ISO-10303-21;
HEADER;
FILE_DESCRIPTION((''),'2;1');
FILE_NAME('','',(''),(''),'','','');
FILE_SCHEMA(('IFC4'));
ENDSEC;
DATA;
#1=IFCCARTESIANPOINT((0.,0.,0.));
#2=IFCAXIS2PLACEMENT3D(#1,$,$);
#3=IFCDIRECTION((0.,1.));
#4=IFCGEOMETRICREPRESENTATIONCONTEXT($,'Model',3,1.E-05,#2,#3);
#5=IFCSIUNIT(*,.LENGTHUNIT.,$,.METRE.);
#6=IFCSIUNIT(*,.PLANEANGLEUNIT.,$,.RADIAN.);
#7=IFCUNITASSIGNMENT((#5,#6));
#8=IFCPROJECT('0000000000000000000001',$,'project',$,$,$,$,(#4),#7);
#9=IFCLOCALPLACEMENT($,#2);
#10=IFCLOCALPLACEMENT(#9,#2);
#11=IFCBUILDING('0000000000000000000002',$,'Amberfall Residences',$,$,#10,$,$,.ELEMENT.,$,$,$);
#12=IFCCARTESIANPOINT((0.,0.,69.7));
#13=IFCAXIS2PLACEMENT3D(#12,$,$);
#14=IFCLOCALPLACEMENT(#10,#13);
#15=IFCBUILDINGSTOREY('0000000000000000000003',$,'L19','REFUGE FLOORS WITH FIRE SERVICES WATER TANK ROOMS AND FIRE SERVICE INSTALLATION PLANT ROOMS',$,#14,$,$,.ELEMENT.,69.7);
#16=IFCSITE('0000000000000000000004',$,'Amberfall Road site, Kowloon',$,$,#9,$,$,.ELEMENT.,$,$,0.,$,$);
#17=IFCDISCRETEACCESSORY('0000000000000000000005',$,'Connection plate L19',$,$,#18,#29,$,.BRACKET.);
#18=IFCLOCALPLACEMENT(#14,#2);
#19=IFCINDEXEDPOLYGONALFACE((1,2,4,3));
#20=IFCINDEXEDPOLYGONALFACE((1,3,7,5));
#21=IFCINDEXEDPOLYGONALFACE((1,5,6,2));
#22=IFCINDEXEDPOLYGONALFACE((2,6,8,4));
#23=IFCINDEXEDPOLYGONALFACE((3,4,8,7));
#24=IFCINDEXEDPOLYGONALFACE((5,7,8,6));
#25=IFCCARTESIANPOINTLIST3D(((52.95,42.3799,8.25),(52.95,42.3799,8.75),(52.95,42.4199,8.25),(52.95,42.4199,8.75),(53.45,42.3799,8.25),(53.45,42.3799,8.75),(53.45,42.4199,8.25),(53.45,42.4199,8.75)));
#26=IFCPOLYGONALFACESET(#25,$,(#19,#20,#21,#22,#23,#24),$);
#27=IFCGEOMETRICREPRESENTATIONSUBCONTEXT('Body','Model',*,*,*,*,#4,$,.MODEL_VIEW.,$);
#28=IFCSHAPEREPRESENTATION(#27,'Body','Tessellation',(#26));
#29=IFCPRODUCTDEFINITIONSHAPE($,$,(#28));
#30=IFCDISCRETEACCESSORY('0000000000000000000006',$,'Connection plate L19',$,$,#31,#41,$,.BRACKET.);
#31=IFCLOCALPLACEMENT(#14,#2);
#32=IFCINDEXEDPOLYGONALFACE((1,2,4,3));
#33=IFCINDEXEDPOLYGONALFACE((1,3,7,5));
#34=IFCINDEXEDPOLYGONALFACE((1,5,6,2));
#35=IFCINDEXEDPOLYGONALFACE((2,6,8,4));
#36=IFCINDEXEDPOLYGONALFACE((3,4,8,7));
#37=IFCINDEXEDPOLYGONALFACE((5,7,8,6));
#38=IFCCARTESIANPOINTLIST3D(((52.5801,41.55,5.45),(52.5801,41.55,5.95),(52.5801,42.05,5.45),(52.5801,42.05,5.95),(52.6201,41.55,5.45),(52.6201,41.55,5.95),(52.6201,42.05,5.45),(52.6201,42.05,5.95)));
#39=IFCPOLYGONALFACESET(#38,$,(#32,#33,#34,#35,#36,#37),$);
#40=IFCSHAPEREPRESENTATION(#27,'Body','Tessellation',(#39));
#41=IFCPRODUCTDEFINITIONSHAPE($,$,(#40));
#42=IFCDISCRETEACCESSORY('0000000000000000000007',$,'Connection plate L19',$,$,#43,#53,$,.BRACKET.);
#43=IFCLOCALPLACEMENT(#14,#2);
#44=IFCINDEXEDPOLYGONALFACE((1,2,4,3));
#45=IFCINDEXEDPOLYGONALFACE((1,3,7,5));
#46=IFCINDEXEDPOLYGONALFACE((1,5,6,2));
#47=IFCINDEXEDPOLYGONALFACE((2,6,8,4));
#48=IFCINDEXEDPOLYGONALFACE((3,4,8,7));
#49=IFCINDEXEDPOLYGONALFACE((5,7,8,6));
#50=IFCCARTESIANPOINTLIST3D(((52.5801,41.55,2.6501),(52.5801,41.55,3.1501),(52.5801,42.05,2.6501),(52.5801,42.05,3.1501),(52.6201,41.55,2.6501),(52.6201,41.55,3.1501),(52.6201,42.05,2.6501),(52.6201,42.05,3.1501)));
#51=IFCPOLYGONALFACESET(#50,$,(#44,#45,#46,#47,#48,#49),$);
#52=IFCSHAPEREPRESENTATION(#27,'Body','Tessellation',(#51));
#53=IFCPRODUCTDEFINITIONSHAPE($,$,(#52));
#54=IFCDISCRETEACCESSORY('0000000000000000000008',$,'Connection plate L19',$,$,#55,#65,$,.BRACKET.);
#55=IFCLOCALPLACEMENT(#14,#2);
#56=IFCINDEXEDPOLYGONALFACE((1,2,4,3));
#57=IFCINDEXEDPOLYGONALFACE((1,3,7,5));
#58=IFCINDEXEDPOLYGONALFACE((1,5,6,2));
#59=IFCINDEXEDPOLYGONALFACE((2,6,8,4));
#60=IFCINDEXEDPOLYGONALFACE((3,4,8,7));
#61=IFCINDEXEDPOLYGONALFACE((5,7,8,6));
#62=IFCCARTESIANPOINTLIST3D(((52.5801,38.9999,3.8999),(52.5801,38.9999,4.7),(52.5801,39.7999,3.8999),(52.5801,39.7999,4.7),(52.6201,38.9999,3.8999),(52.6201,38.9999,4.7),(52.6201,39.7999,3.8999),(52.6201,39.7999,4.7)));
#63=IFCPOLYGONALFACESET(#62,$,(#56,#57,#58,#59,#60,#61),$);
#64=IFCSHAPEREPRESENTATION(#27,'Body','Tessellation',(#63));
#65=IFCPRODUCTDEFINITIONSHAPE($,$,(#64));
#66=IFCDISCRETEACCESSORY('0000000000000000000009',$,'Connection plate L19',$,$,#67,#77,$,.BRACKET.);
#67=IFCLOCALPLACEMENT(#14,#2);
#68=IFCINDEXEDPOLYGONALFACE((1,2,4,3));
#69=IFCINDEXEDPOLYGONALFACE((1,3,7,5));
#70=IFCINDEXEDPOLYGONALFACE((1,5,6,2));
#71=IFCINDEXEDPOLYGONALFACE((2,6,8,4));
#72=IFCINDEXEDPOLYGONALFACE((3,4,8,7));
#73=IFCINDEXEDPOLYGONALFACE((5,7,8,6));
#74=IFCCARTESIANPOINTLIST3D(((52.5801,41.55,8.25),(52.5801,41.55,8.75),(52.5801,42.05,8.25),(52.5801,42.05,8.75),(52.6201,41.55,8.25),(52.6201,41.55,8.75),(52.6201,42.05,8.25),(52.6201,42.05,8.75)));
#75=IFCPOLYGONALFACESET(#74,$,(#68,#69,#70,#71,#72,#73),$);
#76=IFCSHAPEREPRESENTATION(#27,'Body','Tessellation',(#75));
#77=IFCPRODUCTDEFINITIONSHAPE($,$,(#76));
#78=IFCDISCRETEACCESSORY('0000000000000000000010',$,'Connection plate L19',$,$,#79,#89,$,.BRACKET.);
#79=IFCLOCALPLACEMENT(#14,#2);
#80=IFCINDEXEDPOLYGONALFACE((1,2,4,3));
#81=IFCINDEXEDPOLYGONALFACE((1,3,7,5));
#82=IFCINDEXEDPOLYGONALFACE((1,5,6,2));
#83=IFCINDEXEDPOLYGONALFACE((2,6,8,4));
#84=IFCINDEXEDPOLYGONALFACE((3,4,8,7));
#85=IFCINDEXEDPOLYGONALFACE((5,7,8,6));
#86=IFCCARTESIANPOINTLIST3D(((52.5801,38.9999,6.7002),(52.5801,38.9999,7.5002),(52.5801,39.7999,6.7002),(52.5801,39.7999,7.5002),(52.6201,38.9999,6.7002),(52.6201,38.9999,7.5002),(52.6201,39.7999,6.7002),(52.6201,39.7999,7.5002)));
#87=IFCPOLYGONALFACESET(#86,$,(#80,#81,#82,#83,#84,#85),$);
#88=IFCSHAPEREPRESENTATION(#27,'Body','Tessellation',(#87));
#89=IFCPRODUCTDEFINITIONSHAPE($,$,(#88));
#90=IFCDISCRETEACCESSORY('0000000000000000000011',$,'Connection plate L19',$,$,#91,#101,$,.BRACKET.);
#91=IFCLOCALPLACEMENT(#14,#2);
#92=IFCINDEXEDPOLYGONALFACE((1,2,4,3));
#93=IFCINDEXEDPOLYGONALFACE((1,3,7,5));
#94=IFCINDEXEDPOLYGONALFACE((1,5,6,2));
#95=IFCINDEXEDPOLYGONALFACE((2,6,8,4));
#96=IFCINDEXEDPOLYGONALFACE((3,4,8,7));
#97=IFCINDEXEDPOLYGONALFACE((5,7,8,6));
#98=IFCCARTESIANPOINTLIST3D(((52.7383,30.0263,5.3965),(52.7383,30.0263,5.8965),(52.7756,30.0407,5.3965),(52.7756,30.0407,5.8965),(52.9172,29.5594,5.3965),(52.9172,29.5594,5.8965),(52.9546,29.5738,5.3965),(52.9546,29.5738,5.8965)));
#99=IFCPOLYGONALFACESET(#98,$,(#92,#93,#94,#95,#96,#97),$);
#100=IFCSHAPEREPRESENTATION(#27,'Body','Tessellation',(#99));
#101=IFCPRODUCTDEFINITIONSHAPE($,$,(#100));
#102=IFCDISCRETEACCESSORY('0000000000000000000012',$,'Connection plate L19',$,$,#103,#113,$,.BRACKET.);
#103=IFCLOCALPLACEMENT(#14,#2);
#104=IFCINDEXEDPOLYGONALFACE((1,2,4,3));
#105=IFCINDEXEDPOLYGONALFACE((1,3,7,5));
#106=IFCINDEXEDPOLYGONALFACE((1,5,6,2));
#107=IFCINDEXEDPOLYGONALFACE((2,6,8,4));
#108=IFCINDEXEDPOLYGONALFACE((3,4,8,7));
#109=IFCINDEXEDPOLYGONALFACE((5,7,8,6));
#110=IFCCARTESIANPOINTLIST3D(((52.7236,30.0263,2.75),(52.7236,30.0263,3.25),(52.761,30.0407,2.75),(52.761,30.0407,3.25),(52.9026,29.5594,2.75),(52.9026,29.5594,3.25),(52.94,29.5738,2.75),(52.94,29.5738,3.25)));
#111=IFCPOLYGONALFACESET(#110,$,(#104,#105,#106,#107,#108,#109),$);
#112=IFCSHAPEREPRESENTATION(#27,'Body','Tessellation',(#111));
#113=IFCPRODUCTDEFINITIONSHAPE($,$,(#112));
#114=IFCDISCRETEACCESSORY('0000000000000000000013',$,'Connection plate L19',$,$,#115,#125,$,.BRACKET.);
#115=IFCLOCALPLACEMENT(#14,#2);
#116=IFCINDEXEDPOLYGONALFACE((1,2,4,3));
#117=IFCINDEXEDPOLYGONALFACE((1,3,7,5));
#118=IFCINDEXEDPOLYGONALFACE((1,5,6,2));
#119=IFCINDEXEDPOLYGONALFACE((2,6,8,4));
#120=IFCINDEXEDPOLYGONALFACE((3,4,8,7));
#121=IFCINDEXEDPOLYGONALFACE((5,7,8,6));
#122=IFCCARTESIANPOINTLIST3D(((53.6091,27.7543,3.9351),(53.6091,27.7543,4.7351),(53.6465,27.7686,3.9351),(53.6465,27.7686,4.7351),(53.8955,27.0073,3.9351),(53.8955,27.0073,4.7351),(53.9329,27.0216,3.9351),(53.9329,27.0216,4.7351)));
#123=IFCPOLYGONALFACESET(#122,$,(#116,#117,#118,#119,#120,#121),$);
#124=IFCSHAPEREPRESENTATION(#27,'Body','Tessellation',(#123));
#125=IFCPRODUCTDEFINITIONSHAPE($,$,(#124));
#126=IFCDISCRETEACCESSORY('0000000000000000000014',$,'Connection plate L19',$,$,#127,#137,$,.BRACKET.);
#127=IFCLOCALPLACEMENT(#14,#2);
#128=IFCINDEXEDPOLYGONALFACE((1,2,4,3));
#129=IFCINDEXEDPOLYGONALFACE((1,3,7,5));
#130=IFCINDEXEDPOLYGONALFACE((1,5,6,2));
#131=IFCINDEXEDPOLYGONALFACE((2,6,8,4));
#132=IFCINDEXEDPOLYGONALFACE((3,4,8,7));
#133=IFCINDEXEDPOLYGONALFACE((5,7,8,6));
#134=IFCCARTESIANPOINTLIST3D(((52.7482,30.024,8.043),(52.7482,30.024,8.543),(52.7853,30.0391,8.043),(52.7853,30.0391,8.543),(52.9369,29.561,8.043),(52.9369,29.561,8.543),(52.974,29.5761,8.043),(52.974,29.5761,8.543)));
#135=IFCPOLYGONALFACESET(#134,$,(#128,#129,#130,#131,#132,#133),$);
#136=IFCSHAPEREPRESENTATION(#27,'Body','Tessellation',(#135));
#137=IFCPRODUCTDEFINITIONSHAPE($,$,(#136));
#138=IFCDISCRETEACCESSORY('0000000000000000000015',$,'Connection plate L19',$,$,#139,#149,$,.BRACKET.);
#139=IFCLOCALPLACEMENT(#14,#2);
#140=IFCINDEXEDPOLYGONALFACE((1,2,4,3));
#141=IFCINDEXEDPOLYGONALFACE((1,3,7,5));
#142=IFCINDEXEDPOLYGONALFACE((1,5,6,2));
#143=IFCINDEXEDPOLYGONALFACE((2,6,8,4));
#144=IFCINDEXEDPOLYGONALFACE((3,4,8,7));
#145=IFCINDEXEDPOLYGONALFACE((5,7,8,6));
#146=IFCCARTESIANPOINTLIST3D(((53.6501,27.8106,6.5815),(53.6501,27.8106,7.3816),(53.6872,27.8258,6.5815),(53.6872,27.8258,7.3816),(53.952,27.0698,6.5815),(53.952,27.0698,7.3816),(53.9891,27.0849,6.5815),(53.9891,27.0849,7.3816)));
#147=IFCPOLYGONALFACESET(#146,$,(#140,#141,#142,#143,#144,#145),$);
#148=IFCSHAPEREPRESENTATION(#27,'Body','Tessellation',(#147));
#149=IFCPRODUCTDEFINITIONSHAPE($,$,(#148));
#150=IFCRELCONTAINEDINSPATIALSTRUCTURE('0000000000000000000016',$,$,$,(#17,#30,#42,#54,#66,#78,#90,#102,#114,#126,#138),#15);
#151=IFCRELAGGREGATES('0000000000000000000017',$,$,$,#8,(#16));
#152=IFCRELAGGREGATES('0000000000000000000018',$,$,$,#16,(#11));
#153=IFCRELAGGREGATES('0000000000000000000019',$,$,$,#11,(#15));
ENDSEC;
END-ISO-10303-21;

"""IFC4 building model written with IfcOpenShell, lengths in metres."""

from ifc_helpers import new_model, si_unit, direction, frame, origin, origin_2d, place, context, subcontext, project, spatial, rectangle, extrude, element, save


model = new_model("IFC4")

# Units and contexts
model_context = context("Model", 3, precision=1e-05, world=origin(), true_north=direction((0.0, 1.0)))
body_context = subcontext(model_context, "Body", "Model", "MODEL_VIEW")
ifc_project = project(units=[si_unit("LENGTHUNIT", "METRE"), si_unit("PLANEANGLEUNIT", "RADIAN")], contexts=[model_context])

# Site, building, storey
site_placement = place(None, origin())
site = spatial("IfcSite", under=ifc_project, at=site_placement, Name="Amberfall Road site, Kowloon", CompositionType="ELEMENT", RefElevation=0.0)
building_placement = place(site_placement, origin())
building = spatial("IfcBuilding", under=site, at=building_placement, Name="Amberfall Residences", CompositionType="ELEMENT")
storey_placement = place(building_placement, frame((0.0, 0.0, 69.7)))
storey = spatial("IfcBuildingStorey", under=building, at=storey_placement, Name="L19", Description="REFUGE FLOORS WITH FIRE SERVICES WATER TANK ROOMS AND FIRE SERVICE INSTALLATION PLANT ROOMS", CompositionType="ELEMENT", Elevation=69.7)

# Discrete accessories
for number, where, z_axis, x_axis, name in (
    (1, (53.2, 42.3999, 8.25), (0.0, 0.0, 1.0), (1.0, 0.0, 0.0), "Connection plate L19"),
    (2, (52.6001, 41.8, 5.45), (0.0, 0.0, 1.0), (0.0, 1.0, 0.0), "Connection plate L19"),
    (3, (52.6001, 41.8, 2.6501), (0.0, 0.0, 1.0), (0.0, 1.0, 0.0), "Connection plate L19"),
):
    element("IfcDiscreteAccessory", number, at=place(storey_placement, frame(where, z_axis=z_axis, x_axis=x_axis)), inside=storey, Name=name, PredefinedType="BRACKET", context=body_context, shape_type="SweptSolid", body=[
        extrude(rectangle(XDim=0.5, YDim=0.04, at=origin_2d()), origin(), (0.0, 0.0, 1.0), 0.5),
    ])
discrete_accessory_1_placement = place(storey_placement, frame((52.6001, 39.3999, 3.8999), z_axis=(0.0, 0.0, 1.0), x_axis=(0.0, 1.0, 0.0)))
element("IfcDiscreteAccessory", 4, at=discrete_accessory_1_placement, inside=storey, Name="Connection plate L19", PredefinedType="BRACKET", context=body_context, shape_type="SweptSolid", body=[
    extrude(rectangle(XDim=0.8, YDim=0.04, at=origin_2d()), origin(), (0.0, 0.0, 1.0), 0.8),
])
discrete_accessory_2_placement = place(storey_placement, frame((52.6001, 41.8, 8.25), z_axis=(0.0, 0.0, 1.0), x_axis=(0.0, 1.0, 0.0)))
element("IfcDiscreteAccessory", 5, at=discrete_accessory_2_placement, inside=storey, Name="Connection plate L19", PredefinedType="BRACKET", context=body_context, shape_type="SweptSolid", body=[
    extrude(rectangle(XDim=0.5, YDim=0.04, at=origin_2d()), origin(), (0.0, 0.0, 1.0), 0.5),
])
discrete_accessory_3_placement = place(storey_placement, frame((52.6001, 39.3999, 6.7002), z_axis=(0.0, 0.0, 1.0), x_axis=(0.0, 1.0, 0.0)))
element("IfcDiscreteAccessory", 6, at=discrete_accessory_3_placement, inside=storey, Name="Connection plate L19", PredefinedType="BRACKET", context=body_context, shape_type="SweptSolid", body=[
    extrude(rectangle(XDim=0.8, YDim=0.04, at=origin_2d()), origin(), (0.0, 0.0, 1.0), 0.8),
])
for number, where, z_axis, x_axis, name in (
    (7, (52.8464, 29.8, 5.3965), (0.0, 0.0, 1.0), (-0.357944, 0.933743, 0.0), "Connection plate L19"),
    (8, (52.8318, 29.8, 2.75), (0.0, 0.0, 1.0), (-0.357944, 0.933743, 0.0), "Connection plate L19"),
):
    element("IfcDiscreteAccessory", number, at=place(storey_placement, frame(where, z_axis=z_axis, x_axis=x_axis)), inside=storey, Name=name, PredefinedType="BRACKET", context=body_context, shape_type="SweptSolid", body=[
        extrude(rectangle(XDim=0.5, YDim=0.04, at=origin_2d()), origin(), (0.0, 0.0, 1.0), 0.5),
    ])
discrete_accessory_4_placement = place(storey_placement, frame((53.771, 27.3879, 3.9351), z_axis=(0.0, 0.0, 1.0), x_axis=(-0.357944, 0.933743, 0.0)))
element("IfcDiscreteAccessory", 9, at=discrete_accessory_4_placement, inside=storey, Name="Connection plate L19", PredefinedType="BRACKET", context=body_context, shape_type="SweptSolid", body=[
    extrude(rectangle(XDim=0.8, YDim=0.04, at=origin_2d()), origin(), (0.0, 0.0, 1.0), 0.8),
])
discrete_accessory_5_placement = place(storey_placement, frame((52.8611, 29.8, 8.043), z_axis=(0.0, 0.0, 1.0), x_axis=(-0.377372, 0.926062, 0.0)))
element("IfcDiscreteAccessory", 10, at=discrete_accessory_5_placement, inside=storey, Name="Connection plate L19", PredefinedType="BRACKET", context=body_context, shape_type="SweptSolid", body=[
    extrude(rectangle(XDim=0.5, YDim=0.04, at=origin_2d()), origin(), (0.0, 0.0, 1.0), 0.5),
])
discrete_accessory_6_placement = place(storey_placement, frame((53.8196, 27.4478, 6.5815), z_axis=(0.0, 0.0, 1.0), x_axis=(-0.377372, 0.926062, 0.0)))
element("IfcDiscreteAccessory", 11, at=discrete_accessory_6_placement, inside=storey, Name="Connection plate L19", PredefinedType="BRACKET", context=body_context, shape_type="SweptSolid", body=[
    extrude(rectangle(XDim=0.8, YDim=0.04, at=origin_2d()), origin(), (0.0, 0.0, 1.0), 0.8),
])

save(model, "model.ifc")
